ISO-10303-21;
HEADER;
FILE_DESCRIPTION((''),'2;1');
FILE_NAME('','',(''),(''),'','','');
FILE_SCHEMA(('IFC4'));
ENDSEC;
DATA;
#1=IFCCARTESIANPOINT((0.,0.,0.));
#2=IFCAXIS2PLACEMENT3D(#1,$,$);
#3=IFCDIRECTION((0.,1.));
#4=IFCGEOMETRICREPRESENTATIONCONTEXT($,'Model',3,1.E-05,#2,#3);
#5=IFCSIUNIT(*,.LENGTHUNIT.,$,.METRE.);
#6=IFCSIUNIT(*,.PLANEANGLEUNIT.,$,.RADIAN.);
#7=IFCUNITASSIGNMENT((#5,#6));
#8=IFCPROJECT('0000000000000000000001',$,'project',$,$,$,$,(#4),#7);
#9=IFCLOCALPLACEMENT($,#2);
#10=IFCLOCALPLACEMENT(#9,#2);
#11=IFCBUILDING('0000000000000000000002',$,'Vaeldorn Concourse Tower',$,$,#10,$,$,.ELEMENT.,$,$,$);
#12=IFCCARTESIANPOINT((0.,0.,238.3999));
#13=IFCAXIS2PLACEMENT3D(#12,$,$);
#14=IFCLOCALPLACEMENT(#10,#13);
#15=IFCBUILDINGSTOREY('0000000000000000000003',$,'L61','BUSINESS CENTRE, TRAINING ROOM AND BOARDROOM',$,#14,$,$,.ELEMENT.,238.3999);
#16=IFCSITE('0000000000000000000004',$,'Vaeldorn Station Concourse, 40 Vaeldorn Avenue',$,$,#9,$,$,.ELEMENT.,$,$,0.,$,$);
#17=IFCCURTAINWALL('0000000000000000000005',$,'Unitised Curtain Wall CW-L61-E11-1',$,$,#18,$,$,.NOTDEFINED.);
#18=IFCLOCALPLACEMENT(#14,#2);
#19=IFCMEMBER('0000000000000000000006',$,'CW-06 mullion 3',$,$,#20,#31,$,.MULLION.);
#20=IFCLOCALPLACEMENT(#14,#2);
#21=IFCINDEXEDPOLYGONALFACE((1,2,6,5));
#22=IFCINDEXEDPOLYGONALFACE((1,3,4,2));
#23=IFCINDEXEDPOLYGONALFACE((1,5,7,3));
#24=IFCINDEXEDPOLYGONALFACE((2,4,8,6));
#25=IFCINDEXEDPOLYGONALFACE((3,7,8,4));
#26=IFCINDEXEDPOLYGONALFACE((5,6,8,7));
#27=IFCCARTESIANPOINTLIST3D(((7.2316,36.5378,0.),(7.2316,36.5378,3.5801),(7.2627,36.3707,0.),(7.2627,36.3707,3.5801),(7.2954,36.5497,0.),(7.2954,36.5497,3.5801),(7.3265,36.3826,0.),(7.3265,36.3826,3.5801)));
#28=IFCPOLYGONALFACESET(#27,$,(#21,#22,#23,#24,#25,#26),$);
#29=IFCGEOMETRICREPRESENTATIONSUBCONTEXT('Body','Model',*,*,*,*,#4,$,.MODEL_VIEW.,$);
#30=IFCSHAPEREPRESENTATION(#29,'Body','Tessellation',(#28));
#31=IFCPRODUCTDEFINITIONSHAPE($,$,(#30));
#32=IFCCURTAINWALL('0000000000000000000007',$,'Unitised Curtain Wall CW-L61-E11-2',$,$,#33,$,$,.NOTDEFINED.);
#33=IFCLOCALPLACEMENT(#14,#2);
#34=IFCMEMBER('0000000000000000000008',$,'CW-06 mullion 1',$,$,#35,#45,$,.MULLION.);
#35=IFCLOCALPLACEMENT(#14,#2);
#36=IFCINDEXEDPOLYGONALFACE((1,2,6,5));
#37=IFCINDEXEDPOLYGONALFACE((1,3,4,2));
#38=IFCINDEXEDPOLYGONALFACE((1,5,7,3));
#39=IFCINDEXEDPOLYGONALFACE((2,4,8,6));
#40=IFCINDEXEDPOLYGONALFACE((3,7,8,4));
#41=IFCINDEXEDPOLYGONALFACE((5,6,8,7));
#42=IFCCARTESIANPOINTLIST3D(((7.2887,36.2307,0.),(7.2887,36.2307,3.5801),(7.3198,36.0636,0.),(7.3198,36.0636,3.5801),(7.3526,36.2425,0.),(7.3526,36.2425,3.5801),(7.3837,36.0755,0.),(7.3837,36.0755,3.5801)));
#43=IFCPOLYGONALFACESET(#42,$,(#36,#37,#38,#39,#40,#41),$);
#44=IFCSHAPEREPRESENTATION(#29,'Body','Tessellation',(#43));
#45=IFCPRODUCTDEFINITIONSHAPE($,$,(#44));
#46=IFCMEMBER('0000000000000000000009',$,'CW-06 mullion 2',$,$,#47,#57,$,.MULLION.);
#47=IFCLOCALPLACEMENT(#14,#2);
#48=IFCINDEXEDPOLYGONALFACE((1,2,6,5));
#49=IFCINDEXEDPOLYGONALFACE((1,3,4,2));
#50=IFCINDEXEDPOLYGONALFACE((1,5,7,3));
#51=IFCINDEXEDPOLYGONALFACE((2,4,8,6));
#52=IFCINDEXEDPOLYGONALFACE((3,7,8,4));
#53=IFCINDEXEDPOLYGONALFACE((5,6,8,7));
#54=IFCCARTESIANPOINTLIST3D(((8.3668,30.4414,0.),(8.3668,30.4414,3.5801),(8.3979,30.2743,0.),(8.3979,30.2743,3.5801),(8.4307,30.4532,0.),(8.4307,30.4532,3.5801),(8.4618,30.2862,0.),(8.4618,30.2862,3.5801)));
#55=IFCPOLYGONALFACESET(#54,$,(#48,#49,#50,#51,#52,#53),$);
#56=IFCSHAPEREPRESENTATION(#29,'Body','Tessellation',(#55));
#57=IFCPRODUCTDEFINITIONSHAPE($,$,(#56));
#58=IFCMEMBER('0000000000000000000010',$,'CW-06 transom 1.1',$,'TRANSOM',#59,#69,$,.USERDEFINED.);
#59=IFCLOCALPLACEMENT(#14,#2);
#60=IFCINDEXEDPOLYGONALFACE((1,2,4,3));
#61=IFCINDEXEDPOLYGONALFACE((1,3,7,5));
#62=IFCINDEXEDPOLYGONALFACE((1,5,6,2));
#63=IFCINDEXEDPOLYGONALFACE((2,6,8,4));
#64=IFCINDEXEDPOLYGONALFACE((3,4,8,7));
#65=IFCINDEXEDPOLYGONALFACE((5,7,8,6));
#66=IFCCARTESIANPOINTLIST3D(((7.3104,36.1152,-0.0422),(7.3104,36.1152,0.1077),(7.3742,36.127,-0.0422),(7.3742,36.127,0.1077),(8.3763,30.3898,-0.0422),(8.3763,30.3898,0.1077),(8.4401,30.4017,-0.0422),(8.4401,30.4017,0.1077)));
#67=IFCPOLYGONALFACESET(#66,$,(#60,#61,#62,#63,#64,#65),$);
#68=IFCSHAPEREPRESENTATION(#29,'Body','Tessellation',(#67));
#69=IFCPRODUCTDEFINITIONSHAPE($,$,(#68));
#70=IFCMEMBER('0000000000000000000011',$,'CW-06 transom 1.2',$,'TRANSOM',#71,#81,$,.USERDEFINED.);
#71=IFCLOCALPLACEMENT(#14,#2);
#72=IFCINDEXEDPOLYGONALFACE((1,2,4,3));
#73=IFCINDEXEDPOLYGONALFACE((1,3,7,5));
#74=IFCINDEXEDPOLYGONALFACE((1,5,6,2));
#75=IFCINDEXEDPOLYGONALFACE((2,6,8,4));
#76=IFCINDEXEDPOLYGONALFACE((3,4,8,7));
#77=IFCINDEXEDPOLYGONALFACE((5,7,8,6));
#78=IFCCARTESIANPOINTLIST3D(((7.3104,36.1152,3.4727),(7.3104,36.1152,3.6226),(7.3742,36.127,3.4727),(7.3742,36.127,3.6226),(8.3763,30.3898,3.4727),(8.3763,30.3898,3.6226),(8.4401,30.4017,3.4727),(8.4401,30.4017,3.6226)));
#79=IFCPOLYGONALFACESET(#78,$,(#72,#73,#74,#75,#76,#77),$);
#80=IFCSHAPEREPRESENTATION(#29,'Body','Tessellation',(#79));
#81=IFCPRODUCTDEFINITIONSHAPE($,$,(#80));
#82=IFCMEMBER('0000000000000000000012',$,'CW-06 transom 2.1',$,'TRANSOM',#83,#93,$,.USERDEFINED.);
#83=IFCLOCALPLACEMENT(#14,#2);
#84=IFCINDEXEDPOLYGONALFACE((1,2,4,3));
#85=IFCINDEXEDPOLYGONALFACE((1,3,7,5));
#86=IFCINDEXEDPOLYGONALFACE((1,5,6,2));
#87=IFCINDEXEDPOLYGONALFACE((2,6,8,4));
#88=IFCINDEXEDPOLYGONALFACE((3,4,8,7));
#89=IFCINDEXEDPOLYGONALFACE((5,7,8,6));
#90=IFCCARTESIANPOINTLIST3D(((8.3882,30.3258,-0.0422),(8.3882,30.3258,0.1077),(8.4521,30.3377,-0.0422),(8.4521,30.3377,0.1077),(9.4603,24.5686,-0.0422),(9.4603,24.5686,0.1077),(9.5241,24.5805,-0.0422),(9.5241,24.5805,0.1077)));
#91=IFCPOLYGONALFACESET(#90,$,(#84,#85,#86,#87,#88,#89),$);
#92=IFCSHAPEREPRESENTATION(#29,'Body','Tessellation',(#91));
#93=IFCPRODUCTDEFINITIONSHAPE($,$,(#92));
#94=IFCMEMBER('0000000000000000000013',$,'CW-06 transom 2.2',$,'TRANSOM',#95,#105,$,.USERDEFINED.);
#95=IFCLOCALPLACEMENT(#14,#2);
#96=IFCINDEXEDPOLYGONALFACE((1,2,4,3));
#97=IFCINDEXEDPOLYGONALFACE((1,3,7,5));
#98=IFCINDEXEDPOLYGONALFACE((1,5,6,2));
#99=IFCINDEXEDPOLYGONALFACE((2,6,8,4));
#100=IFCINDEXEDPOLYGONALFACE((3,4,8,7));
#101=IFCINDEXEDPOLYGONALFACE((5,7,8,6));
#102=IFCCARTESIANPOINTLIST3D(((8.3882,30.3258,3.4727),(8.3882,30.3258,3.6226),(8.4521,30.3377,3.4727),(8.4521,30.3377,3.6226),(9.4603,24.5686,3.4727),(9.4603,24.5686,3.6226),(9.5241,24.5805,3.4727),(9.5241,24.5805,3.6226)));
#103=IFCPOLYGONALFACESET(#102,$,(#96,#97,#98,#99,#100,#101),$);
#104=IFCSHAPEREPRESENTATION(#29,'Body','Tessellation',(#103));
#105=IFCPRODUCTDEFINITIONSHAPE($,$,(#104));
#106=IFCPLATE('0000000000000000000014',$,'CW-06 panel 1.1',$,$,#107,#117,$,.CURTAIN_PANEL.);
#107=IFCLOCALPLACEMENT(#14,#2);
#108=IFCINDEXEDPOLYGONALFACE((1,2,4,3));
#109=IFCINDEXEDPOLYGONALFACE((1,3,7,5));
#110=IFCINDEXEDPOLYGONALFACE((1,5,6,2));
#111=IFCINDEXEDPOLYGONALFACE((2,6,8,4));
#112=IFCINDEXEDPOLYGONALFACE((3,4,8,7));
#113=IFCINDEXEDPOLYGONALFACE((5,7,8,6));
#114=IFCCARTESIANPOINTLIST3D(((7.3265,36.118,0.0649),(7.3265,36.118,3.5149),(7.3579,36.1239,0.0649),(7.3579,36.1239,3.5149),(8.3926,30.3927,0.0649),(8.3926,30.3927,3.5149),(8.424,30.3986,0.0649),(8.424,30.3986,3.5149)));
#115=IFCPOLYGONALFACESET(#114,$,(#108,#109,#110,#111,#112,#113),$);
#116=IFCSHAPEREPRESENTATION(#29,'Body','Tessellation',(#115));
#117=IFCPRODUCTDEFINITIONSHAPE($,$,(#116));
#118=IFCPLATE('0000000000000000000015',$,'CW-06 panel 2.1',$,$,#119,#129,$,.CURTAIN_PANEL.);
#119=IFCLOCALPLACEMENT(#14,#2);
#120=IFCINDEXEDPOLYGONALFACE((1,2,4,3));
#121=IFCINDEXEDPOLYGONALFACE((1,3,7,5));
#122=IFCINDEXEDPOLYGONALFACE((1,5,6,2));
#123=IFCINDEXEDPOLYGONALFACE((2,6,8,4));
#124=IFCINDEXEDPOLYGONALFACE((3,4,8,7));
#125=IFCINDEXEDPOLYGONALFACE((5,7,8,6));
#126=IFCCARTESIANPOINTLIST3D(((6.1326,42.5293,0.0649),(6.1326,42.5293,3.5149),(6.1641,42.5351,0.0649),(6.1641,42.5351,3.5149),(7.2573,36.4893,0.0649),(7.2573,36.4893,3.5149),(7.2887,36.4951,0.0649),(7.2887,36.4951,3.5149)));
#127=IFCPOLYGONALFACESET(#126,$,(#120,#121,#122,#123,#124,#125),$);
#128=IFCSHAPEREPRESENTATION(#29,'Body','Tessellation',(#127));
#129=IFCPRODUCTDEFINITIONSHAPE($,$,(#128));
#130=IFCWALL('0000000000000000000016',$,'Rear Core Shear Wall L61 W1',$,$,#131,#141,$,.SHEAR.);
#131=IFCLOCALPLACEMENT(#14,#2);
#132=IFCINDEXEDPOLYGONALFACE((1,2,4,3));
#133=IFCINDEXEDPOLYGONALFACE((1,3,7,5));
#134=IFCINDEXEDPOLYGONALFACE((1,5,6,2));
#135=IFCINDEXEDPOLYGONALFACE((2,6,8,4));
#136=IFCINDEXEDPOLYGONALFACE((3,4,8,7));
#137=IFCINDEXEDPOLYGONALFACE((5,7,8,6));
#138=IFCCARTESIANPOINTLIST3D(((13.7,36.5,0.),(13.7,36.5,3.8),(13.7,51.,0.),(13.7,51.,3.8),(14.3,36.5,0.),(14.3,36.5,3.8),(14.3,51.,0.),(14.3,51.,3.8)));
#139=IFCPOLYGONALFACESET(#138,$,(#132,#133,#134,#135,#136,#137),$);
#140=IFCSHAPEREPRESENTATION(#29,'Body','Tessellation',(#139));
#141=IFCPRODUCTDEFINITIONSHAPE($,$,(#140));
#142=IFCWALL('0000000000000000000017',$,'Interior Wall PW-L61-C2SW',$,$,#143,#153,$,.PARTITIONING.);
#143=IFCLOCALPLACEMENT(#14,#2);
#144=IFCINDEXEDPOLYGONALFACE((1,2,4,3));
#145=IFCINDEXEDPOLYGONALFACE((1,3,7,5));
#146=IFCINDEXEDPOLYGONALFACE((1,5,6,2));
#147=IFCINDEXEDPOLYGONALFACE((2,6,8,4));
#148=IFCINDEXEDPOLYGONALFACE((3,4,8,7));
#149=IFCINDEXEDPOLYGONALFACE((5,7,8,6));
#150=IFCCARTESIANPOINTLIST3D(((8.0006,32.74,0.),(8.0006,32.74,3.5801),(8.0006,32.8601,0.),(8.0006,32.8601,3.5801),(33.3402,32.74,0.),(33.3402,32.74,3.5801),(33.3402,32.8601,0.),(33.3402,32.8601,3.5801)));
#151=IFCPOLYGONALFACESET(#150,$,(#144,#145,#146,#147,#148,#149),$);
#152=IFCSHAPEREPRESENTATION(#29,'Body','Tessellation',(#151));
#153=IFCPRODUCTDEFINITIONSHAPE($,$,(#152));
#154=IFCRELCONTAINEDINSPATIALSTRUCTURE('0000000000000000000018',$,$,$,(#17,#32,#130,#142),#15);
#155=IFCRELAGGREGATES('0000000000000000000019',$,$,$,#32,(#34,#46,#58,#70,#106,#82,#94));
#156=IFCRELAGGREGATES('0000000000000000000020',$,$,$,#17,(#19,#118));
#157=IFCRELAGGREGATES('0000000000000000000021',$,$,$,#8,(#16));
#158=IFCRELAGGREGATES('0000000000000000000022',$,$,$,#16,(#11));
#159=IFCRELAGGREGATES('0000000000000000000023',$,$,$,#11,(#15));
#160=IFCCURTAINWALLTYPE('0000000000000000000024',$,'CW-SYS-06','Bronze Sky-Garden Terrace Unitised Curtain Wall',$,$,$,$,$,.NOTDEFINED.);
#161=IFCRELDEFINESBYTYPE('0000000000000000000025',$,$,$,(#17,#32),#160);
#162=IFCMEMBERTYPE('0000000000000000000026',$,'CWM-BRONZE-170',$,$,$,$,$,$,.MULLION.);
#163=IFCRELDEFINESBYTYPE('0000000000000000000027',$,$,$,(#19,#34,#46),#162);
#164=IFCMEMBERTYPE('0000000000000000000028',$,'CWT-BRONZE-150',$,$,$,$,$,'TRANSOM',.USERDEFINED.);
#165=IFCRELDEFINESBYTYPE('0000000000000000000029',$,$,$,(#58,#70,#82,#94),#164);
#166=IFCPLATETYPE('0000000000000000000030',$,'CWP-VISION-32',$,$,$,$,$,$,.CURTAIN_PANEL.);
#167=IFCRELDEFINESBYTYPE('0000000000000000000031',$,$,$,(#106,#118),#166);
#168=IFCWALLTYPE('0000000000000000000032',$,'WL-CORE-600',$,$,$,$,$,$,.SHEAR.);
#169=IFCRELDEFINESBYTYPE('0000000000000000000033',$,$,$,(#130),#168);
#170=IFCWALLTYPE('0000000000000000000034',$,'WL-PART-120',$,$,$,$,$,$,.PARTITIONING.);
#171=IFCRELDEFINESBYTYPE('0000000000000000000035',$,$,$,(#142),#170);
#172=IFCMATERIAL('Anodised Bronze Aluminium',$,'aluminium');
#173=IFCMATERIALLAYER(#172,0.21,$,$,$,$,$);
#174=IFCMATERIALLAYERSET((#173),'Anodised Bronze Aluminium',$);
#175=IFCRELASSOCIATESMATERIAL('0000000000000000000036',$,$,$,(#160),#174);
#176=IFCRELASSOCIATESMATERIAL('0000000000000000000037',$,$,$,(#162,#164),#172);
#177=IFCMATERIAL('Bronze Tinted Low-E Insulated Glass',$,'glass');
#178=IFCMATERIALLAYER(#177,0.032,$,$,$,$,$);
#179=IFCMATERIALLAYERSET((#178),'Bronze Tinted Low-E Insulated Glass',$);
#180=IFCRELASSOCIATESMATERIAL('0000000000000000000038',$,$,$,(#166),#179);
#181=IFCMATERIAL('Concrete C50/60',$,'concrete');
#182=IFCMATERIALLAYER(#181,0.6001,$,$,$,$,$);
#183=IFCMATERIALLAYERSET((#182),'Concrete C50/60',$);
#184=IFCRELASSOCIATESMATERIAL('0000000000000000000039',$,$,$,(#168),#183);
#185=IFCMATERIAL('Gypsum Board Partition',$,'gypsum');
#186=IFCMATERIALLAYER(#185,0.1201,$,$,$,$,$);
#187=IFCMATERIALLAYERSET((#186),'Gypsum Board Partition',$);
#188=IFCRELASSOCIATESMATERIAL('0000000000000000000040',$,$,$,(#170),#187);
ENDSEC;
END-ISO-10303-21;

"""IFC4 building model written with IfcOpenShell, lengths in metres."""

from ifc_helpers import new_model, si_unit, direction, frame, frame_2d, origin, origin_2d, place, context, subcontext, project, spatial, rectangle, extrude, source, transform, mapped, material, layer, layer_set, material_profile, profile_set, type_object, element, aggregate, save


model = new_model("IFC4")

# Units and contexts
model_context = context("Model", 3, precision=1e-05, world=origin(), true_north=direction((0.0, 1.0)))
body_context = subcontext(model_context, "Body", "Model", "MODEL_VIEW")
ifc_project = project(units=[si_unit("LENGTHUNIT", "METRE"), si_unit("PLANEANGLEUNIT", "RADIAN")], contexts=[model_context])

# Site, building, storey
site_placement = place(None, origin())
site = spatial("IfcSite", under=ifc_project, at=site_placement, Name="Vaeldorn Station Concourse, 40 Vaeldorn Avenue", CompositionType="ELEMENT", RefElevation=0.0)
building_placement = place(site_placement, origin())
building = spatial("IfcBuilding", under=site, at=building_placement, Name="Vaeldorn Concourse Tower", CompositionType="ELEMENT")
storey_placement = place(building_placement, frame((0.0, 0.0, 238.3999)))
storey = spatial("IfcBuildingStorey", under=building, at=storey_placement, Name="L61", Description="BUSINESS CENTRE, TRAINING ROOM AND BOARDROOM", CompositionType="ELEMENT", Elevation=238.3999)

# Shared definitions
ifc_material_1 = material(Name="Concrete C50/60", Category="concrete")

# Curtain wall, member
ifc_material_2 = material(Name="Anodised Bronze Aluminium", Category="aluminium")
ifc_layer_1 = layer(ifc_material_2, 0.21)
ifc_layer_set_1 = layer_set([ifc_layer_1], Name="Anodised Bronze Aluminium")
curtain_wall_type = type_object("IfcCurtainWallType", Name="CW-SYS-06", Description="Bronze Sky-Garden Terrace Unitised Curtain Wall", PredefinedType="NOTDEFINED", material=ifc_layer_set_1)
curtain_wall_1_placement = place(storey_placement, origin())
curtain_wall_1 = element("IfcCurtainWall", 1, at=curtain_wall_1_placement, inside=storey, type_object=curtain_wall_type, Name="Unitised Curtain Wall CW-L61-E11-1", PredefinedType="NOTDEFINED")
ifc_material_profile_1 = material_profile(ifc_material_2, rectangle(XDim=0.0649, YDim=0.1699, at=origin_2d()), Name="CWM 65x170")
ifc_profile_set_1 = profile_set([ifc_material_profile_1], Name="Anodised Bronze Aluminium")
member_type_1 = type_object("IfcMemberType", Name="CWM-BRONZE-170", PredefinedType="MULLION", material=ifc_profile_set_1)
shared_shape_1 = source(origin(), body_context, "Body", "SweptSolid", [
    extrude(rectangle(XDim=0.0649, YDim=0.1699, at=origin_2d()), origin(), (0.0, 0.0, 1.0), 3.5801),
])
member_1_placement = place(storey_placement, frame((7.2791, 36.4602, 0.0), z_axis=(0.0, 0.0, 1.0), x_axis=(0.983103, 0.183054, 0.0)))
member_1 = element("IfcMember", 2, at=member_1_placement, type_object=member_type_1, Name="CW-06 mullion 3", PredefinedType="MULLION", context=body_context, shape_type="MappedRepresentation", body=[
    mapped(shared_shape_1, transform((0.0, 0.0, 0.0), scale=1.0)),
])

# Curtain wall, members, plate
curtain_wall_2_placement = place(storey_placement, origin())
curtain_wall_2 = element("IfcCurtainWall", 3, at=curtain_wall_2_placement, inside=storey, type_object=curtain_wall_type, Name="Unitised Curtain Wall CW-L61-E11-2", PredefinedType="NOTDEFINED")
member_2_placement = place(storey_placement, frame((7.3362, 36.1531, 0.0), z_axis=(0.0, 0.0, 1.0), x_axis=(0.983103, 0.183055, 0.0)))
member_2 = element("IfcMember", 4, at=member_2_placement, type_object=member_type_1, Name="CW-06 mullion 1", PredefinedType="MULLION", context=body_context, shape_type="MappedRepresentation", body=[
    mapped(shared_shape_1, transform((0.0, 0.0, 0.0), scale=1.0)),
])
member_3_placement = place(storey_placement, frame((8.4143, 30.3638, 0.0), z_axis=(0.0, 0.0, 1.0), x_axis=(0.983103, 0.183055, 0.0)))
member_3 = element("IfcMember", 5, at=member_3_placement, type_object=member_type_1, Name="CW-06 mullion 2", PredefinedType="MULLION", context=body_context, shape_type="MappedRepresentation", body=[
    mapped(shared_shape_1, transform((0.0, 0.0, 0.0), scale=1.0)),
])
ifc_material_profile_2 = material_profile(ifc_material_2, rectangle(XDim=0.0649, YDim=0.1499, at=origin_2d()), Name="CWT 65x150")
ifc_profile_set_2 = profile_set([ifc_material_profile_2], Name="Anodised Bronze Aluminium")
member_type_2 = type_object("IfcMemberType", Name="CWT-BRONZE-150", ElementType="TRANSOM", PredefinedType="USERDEFINED", material=ifc_profile_set_2)
shared_shape_2 = source(origin(), body_context, "Body", "SweptSolid", [
    extrude(rectangle(XDim=0.0649, YDim=0.1499, at=origin_2d()), origin(), (0.0, 0.0, 1.0), 5.8237),
])
member_4_placement = place(storey_placement, frame((7.3423, 36.1211, 0.0327), z_axis=(0.18303, -0.983107, 0.0), x_axis=(0.983107, 0.18303, 0.0)))
member_4 = element("IfcMember", 6, at=member_4_placement, type_object=member_type_2, Name="CW-06 transom 1.1", ObjectType="TRANSOM", PredefinedType="USERDEFINED", context=body_context, shape_type="MappedRepresentation", body=[
    mapped(shared_shape_2, transform((0.0, 0.0, 0.0), scale=1.0)),
])
member_5_placement = place(storey_placement, frame((7.3423, 36.1211, 3.5476), z_axis=(0.18303, -0.983107, 0.0), x_axis=(0.983107, 0.18303, 0.0)))
member_5 = element("IfcMember", 7, at=member_5_placement, type_object=member_type_2, Name="CW-06 transom 1.2", ObjectType="TRANSOM", PredefinedType="USERDEFINED", context=body_context, shape_type="MappedRepresentation", body=[
    mapped(shared_shape_2, transform((0.0, 0.0, 0.0), scale=1.0)),
])
shared_shape_3 = source(origin(), body_context, "Body", "SweptSolid", [
    extrude(rectangle(XDim=0.0649, YDim=0.1499, at=origin_2d()), origin(), (0.0, 0.0, 1.0), 5.8562),
])
member_6_placement = place(storey_placement, frame((8.4202, 30.3318, 0.0327), z_axis=(0.183055, -0.983103, 0.0), x_axis=(0.983103, 0.183055, 0.0)))
member_6 = element("IfcMember", 8, at=member_6_placement, type_object=member_type_2, Name="CW-06 transom 2.1", ObjectType="TRANSOM", PredefinedType="USERDEFINED", context=body_context, shape_type="MappedRepresentation", body=[
    mapped(shared_shape_3, transform((0.0, 0.0, 0.0), scale=1.0)),
])
member_7_placement = place(storey_placement, frame((8.4202, 30.3318, 3.5476), z_axis=(0.183055, -0.983103, 0.0), x_axis=(0.983103, 0.183055, 0.0)))
member_7 = element("IfcMember", 9, at=member_7_placement, type_object=member_type_2, Name="CW-06 transom 2.2", ObjectType="TRANSOM", PredefinedType="USERDEFINED", context=body_context, shape_type="MappedRepresentation", body=[
    mapped(shared_shape_3, transform((0.0, 0.0, 0.0), scale=1.0)),
])
ifc_material_3 = material(Name="Bronze Tinted Low-E Insulated Glass", Category="glass")
ifc_layer_2 = layer(ifc_material_3, 0.032)
ifc_layer_set_2 = layer_set([ifc_layer_2], Name="Bronze Tinted Low-E Insulated Glass")
plate_type = type_object("IfcPlateType", Name="CWP-VISION-32", PredefinedType="CURTAIN_PANEL", material=ifc_layer_set_2)
shared_shape_4 = source(origin(), body_context, "Body", "SweptSolid", [
    extrude(rectangle(XDim=5.8237, YDim=0.032, at=origin_2d()), origin(), (0.0, 0.0, 1.0), 3.45),
])
plate_1_placement = place(storey_placement, frame((7.8752, 33.2583, 0.0649), z_axis=(0.0, 0.0, 1.0), x_axis=(0.183055, -0.983103, 0.0)))
plate_1 = element("IfcPlate", 10, at=plate_1_placement, type_object=plate_type, Name="CW-06 panel 1.1", PredefinedType="CURTAIN_PANEL", context=body_context, shape_type="MappedRepresentation", body=[
    mapped(shared_shape_4, transform((0.0, 0.0, 0.0), scale=1.0)),
])
aggregate(curtain_wall_2, [member_2, member_3, member_4, member_5, plate_1, member_6, member_7])

# Plate
shared_shape_5 = source(origin(), body_context, "Body", "SweptSolid", [
    extrude(rectangle(XDim=6.1438, YDim=0.032, at=origin_2d()), origin(), (0.0, 0.0, 1.0), 3.45),
])
plate_2_placement = place(storey_placement, frame((6.7107, 39.5122, 0.0649), z_axis=(0.0, 0.0, 1.0), x_axis=(0.183054, -0.983103, 0.0)))
plate_2 = element("IfcPlate", 11, at=plate_2_placement, type_object=plate_type, Name="CW-06 panel 2.1", PredefinedType="CURTAIN_PANEL", context=body_context, shape_type="MappedRepresentation", body=[
    mapped(shared_shape_5, transform((0.0, 0.0, 0.0), scale=1.0)),
])
aggregate(curtain_wall_1, [member_1, plate_2])

# Walls
ifc_layer_3 = layer(ifc_material_1, 0.6001)
ifc_layer_set_3 = layer_set([ifc_layer_3], Name="Concrete C50/60")
wall_type_1 = type_object("IfcWallType", Name="WL-CORE-600", PredefinedType="SHEAR", material=ifc_layer_set_3)
wall_1_placement = place(storey_placement, frame((14.0, 36.5, 0.0), z_axis=(0.0, 0.0, 1.0), x_axis=(0.0, 1.0, 0.0)))
element("IfcWall", 12, at=wall_1_placement, inside=storey, type_object=wall_type_1, Name="Rear Core Shear Wall L61 W1", PredefinedType="SHEAR", context=body_context, shape_type="SweptSolid", body=[
    extrude(rectangle(XDim=14.5, YDim=0.6001, at=frame_2d((7.25, 0.0))), origin(), (0.0, 0.0, 1.0), 3.8),
])
ifc_material_4 = material(Name="Gypsum Board Partition", Category="gypsum")
ifc_layer_4 = layer(ifc_material_4, 0.1201)
ifc_layer_set_4 = layer_set([ifc_layer_4], Name="Gypsum Board Partition")
wall_type_2 = type_object("IfcWallType", Name="WL-PART-120", PredefinedType="PARTITIONING", material=ifc_layer_set_4)
wall_2_placement = place(storey_placement, frame((8.0005, 32.8, 0.0), z_axis=(0.0, 0.0, 1.0), x_axis=(1.0, 0.0, 0.0)))
element("IfcWall", 13, at=wall_2_placement, inside=storey, type_object=wall_type_2, Name="Interior Wall PW-L61-C2SW", PredefinedType="PARTITIONING", context=body_context, shape_type="SweptSolid", body=[
    extrude(rectangle(XDim=25.3396, YDim=0.1201, at=frame_2d((12.6699, 0.0))), origin(), (0.0, 0.0, 1.0), 3.5801),
])

save(model, "model.ifc")
